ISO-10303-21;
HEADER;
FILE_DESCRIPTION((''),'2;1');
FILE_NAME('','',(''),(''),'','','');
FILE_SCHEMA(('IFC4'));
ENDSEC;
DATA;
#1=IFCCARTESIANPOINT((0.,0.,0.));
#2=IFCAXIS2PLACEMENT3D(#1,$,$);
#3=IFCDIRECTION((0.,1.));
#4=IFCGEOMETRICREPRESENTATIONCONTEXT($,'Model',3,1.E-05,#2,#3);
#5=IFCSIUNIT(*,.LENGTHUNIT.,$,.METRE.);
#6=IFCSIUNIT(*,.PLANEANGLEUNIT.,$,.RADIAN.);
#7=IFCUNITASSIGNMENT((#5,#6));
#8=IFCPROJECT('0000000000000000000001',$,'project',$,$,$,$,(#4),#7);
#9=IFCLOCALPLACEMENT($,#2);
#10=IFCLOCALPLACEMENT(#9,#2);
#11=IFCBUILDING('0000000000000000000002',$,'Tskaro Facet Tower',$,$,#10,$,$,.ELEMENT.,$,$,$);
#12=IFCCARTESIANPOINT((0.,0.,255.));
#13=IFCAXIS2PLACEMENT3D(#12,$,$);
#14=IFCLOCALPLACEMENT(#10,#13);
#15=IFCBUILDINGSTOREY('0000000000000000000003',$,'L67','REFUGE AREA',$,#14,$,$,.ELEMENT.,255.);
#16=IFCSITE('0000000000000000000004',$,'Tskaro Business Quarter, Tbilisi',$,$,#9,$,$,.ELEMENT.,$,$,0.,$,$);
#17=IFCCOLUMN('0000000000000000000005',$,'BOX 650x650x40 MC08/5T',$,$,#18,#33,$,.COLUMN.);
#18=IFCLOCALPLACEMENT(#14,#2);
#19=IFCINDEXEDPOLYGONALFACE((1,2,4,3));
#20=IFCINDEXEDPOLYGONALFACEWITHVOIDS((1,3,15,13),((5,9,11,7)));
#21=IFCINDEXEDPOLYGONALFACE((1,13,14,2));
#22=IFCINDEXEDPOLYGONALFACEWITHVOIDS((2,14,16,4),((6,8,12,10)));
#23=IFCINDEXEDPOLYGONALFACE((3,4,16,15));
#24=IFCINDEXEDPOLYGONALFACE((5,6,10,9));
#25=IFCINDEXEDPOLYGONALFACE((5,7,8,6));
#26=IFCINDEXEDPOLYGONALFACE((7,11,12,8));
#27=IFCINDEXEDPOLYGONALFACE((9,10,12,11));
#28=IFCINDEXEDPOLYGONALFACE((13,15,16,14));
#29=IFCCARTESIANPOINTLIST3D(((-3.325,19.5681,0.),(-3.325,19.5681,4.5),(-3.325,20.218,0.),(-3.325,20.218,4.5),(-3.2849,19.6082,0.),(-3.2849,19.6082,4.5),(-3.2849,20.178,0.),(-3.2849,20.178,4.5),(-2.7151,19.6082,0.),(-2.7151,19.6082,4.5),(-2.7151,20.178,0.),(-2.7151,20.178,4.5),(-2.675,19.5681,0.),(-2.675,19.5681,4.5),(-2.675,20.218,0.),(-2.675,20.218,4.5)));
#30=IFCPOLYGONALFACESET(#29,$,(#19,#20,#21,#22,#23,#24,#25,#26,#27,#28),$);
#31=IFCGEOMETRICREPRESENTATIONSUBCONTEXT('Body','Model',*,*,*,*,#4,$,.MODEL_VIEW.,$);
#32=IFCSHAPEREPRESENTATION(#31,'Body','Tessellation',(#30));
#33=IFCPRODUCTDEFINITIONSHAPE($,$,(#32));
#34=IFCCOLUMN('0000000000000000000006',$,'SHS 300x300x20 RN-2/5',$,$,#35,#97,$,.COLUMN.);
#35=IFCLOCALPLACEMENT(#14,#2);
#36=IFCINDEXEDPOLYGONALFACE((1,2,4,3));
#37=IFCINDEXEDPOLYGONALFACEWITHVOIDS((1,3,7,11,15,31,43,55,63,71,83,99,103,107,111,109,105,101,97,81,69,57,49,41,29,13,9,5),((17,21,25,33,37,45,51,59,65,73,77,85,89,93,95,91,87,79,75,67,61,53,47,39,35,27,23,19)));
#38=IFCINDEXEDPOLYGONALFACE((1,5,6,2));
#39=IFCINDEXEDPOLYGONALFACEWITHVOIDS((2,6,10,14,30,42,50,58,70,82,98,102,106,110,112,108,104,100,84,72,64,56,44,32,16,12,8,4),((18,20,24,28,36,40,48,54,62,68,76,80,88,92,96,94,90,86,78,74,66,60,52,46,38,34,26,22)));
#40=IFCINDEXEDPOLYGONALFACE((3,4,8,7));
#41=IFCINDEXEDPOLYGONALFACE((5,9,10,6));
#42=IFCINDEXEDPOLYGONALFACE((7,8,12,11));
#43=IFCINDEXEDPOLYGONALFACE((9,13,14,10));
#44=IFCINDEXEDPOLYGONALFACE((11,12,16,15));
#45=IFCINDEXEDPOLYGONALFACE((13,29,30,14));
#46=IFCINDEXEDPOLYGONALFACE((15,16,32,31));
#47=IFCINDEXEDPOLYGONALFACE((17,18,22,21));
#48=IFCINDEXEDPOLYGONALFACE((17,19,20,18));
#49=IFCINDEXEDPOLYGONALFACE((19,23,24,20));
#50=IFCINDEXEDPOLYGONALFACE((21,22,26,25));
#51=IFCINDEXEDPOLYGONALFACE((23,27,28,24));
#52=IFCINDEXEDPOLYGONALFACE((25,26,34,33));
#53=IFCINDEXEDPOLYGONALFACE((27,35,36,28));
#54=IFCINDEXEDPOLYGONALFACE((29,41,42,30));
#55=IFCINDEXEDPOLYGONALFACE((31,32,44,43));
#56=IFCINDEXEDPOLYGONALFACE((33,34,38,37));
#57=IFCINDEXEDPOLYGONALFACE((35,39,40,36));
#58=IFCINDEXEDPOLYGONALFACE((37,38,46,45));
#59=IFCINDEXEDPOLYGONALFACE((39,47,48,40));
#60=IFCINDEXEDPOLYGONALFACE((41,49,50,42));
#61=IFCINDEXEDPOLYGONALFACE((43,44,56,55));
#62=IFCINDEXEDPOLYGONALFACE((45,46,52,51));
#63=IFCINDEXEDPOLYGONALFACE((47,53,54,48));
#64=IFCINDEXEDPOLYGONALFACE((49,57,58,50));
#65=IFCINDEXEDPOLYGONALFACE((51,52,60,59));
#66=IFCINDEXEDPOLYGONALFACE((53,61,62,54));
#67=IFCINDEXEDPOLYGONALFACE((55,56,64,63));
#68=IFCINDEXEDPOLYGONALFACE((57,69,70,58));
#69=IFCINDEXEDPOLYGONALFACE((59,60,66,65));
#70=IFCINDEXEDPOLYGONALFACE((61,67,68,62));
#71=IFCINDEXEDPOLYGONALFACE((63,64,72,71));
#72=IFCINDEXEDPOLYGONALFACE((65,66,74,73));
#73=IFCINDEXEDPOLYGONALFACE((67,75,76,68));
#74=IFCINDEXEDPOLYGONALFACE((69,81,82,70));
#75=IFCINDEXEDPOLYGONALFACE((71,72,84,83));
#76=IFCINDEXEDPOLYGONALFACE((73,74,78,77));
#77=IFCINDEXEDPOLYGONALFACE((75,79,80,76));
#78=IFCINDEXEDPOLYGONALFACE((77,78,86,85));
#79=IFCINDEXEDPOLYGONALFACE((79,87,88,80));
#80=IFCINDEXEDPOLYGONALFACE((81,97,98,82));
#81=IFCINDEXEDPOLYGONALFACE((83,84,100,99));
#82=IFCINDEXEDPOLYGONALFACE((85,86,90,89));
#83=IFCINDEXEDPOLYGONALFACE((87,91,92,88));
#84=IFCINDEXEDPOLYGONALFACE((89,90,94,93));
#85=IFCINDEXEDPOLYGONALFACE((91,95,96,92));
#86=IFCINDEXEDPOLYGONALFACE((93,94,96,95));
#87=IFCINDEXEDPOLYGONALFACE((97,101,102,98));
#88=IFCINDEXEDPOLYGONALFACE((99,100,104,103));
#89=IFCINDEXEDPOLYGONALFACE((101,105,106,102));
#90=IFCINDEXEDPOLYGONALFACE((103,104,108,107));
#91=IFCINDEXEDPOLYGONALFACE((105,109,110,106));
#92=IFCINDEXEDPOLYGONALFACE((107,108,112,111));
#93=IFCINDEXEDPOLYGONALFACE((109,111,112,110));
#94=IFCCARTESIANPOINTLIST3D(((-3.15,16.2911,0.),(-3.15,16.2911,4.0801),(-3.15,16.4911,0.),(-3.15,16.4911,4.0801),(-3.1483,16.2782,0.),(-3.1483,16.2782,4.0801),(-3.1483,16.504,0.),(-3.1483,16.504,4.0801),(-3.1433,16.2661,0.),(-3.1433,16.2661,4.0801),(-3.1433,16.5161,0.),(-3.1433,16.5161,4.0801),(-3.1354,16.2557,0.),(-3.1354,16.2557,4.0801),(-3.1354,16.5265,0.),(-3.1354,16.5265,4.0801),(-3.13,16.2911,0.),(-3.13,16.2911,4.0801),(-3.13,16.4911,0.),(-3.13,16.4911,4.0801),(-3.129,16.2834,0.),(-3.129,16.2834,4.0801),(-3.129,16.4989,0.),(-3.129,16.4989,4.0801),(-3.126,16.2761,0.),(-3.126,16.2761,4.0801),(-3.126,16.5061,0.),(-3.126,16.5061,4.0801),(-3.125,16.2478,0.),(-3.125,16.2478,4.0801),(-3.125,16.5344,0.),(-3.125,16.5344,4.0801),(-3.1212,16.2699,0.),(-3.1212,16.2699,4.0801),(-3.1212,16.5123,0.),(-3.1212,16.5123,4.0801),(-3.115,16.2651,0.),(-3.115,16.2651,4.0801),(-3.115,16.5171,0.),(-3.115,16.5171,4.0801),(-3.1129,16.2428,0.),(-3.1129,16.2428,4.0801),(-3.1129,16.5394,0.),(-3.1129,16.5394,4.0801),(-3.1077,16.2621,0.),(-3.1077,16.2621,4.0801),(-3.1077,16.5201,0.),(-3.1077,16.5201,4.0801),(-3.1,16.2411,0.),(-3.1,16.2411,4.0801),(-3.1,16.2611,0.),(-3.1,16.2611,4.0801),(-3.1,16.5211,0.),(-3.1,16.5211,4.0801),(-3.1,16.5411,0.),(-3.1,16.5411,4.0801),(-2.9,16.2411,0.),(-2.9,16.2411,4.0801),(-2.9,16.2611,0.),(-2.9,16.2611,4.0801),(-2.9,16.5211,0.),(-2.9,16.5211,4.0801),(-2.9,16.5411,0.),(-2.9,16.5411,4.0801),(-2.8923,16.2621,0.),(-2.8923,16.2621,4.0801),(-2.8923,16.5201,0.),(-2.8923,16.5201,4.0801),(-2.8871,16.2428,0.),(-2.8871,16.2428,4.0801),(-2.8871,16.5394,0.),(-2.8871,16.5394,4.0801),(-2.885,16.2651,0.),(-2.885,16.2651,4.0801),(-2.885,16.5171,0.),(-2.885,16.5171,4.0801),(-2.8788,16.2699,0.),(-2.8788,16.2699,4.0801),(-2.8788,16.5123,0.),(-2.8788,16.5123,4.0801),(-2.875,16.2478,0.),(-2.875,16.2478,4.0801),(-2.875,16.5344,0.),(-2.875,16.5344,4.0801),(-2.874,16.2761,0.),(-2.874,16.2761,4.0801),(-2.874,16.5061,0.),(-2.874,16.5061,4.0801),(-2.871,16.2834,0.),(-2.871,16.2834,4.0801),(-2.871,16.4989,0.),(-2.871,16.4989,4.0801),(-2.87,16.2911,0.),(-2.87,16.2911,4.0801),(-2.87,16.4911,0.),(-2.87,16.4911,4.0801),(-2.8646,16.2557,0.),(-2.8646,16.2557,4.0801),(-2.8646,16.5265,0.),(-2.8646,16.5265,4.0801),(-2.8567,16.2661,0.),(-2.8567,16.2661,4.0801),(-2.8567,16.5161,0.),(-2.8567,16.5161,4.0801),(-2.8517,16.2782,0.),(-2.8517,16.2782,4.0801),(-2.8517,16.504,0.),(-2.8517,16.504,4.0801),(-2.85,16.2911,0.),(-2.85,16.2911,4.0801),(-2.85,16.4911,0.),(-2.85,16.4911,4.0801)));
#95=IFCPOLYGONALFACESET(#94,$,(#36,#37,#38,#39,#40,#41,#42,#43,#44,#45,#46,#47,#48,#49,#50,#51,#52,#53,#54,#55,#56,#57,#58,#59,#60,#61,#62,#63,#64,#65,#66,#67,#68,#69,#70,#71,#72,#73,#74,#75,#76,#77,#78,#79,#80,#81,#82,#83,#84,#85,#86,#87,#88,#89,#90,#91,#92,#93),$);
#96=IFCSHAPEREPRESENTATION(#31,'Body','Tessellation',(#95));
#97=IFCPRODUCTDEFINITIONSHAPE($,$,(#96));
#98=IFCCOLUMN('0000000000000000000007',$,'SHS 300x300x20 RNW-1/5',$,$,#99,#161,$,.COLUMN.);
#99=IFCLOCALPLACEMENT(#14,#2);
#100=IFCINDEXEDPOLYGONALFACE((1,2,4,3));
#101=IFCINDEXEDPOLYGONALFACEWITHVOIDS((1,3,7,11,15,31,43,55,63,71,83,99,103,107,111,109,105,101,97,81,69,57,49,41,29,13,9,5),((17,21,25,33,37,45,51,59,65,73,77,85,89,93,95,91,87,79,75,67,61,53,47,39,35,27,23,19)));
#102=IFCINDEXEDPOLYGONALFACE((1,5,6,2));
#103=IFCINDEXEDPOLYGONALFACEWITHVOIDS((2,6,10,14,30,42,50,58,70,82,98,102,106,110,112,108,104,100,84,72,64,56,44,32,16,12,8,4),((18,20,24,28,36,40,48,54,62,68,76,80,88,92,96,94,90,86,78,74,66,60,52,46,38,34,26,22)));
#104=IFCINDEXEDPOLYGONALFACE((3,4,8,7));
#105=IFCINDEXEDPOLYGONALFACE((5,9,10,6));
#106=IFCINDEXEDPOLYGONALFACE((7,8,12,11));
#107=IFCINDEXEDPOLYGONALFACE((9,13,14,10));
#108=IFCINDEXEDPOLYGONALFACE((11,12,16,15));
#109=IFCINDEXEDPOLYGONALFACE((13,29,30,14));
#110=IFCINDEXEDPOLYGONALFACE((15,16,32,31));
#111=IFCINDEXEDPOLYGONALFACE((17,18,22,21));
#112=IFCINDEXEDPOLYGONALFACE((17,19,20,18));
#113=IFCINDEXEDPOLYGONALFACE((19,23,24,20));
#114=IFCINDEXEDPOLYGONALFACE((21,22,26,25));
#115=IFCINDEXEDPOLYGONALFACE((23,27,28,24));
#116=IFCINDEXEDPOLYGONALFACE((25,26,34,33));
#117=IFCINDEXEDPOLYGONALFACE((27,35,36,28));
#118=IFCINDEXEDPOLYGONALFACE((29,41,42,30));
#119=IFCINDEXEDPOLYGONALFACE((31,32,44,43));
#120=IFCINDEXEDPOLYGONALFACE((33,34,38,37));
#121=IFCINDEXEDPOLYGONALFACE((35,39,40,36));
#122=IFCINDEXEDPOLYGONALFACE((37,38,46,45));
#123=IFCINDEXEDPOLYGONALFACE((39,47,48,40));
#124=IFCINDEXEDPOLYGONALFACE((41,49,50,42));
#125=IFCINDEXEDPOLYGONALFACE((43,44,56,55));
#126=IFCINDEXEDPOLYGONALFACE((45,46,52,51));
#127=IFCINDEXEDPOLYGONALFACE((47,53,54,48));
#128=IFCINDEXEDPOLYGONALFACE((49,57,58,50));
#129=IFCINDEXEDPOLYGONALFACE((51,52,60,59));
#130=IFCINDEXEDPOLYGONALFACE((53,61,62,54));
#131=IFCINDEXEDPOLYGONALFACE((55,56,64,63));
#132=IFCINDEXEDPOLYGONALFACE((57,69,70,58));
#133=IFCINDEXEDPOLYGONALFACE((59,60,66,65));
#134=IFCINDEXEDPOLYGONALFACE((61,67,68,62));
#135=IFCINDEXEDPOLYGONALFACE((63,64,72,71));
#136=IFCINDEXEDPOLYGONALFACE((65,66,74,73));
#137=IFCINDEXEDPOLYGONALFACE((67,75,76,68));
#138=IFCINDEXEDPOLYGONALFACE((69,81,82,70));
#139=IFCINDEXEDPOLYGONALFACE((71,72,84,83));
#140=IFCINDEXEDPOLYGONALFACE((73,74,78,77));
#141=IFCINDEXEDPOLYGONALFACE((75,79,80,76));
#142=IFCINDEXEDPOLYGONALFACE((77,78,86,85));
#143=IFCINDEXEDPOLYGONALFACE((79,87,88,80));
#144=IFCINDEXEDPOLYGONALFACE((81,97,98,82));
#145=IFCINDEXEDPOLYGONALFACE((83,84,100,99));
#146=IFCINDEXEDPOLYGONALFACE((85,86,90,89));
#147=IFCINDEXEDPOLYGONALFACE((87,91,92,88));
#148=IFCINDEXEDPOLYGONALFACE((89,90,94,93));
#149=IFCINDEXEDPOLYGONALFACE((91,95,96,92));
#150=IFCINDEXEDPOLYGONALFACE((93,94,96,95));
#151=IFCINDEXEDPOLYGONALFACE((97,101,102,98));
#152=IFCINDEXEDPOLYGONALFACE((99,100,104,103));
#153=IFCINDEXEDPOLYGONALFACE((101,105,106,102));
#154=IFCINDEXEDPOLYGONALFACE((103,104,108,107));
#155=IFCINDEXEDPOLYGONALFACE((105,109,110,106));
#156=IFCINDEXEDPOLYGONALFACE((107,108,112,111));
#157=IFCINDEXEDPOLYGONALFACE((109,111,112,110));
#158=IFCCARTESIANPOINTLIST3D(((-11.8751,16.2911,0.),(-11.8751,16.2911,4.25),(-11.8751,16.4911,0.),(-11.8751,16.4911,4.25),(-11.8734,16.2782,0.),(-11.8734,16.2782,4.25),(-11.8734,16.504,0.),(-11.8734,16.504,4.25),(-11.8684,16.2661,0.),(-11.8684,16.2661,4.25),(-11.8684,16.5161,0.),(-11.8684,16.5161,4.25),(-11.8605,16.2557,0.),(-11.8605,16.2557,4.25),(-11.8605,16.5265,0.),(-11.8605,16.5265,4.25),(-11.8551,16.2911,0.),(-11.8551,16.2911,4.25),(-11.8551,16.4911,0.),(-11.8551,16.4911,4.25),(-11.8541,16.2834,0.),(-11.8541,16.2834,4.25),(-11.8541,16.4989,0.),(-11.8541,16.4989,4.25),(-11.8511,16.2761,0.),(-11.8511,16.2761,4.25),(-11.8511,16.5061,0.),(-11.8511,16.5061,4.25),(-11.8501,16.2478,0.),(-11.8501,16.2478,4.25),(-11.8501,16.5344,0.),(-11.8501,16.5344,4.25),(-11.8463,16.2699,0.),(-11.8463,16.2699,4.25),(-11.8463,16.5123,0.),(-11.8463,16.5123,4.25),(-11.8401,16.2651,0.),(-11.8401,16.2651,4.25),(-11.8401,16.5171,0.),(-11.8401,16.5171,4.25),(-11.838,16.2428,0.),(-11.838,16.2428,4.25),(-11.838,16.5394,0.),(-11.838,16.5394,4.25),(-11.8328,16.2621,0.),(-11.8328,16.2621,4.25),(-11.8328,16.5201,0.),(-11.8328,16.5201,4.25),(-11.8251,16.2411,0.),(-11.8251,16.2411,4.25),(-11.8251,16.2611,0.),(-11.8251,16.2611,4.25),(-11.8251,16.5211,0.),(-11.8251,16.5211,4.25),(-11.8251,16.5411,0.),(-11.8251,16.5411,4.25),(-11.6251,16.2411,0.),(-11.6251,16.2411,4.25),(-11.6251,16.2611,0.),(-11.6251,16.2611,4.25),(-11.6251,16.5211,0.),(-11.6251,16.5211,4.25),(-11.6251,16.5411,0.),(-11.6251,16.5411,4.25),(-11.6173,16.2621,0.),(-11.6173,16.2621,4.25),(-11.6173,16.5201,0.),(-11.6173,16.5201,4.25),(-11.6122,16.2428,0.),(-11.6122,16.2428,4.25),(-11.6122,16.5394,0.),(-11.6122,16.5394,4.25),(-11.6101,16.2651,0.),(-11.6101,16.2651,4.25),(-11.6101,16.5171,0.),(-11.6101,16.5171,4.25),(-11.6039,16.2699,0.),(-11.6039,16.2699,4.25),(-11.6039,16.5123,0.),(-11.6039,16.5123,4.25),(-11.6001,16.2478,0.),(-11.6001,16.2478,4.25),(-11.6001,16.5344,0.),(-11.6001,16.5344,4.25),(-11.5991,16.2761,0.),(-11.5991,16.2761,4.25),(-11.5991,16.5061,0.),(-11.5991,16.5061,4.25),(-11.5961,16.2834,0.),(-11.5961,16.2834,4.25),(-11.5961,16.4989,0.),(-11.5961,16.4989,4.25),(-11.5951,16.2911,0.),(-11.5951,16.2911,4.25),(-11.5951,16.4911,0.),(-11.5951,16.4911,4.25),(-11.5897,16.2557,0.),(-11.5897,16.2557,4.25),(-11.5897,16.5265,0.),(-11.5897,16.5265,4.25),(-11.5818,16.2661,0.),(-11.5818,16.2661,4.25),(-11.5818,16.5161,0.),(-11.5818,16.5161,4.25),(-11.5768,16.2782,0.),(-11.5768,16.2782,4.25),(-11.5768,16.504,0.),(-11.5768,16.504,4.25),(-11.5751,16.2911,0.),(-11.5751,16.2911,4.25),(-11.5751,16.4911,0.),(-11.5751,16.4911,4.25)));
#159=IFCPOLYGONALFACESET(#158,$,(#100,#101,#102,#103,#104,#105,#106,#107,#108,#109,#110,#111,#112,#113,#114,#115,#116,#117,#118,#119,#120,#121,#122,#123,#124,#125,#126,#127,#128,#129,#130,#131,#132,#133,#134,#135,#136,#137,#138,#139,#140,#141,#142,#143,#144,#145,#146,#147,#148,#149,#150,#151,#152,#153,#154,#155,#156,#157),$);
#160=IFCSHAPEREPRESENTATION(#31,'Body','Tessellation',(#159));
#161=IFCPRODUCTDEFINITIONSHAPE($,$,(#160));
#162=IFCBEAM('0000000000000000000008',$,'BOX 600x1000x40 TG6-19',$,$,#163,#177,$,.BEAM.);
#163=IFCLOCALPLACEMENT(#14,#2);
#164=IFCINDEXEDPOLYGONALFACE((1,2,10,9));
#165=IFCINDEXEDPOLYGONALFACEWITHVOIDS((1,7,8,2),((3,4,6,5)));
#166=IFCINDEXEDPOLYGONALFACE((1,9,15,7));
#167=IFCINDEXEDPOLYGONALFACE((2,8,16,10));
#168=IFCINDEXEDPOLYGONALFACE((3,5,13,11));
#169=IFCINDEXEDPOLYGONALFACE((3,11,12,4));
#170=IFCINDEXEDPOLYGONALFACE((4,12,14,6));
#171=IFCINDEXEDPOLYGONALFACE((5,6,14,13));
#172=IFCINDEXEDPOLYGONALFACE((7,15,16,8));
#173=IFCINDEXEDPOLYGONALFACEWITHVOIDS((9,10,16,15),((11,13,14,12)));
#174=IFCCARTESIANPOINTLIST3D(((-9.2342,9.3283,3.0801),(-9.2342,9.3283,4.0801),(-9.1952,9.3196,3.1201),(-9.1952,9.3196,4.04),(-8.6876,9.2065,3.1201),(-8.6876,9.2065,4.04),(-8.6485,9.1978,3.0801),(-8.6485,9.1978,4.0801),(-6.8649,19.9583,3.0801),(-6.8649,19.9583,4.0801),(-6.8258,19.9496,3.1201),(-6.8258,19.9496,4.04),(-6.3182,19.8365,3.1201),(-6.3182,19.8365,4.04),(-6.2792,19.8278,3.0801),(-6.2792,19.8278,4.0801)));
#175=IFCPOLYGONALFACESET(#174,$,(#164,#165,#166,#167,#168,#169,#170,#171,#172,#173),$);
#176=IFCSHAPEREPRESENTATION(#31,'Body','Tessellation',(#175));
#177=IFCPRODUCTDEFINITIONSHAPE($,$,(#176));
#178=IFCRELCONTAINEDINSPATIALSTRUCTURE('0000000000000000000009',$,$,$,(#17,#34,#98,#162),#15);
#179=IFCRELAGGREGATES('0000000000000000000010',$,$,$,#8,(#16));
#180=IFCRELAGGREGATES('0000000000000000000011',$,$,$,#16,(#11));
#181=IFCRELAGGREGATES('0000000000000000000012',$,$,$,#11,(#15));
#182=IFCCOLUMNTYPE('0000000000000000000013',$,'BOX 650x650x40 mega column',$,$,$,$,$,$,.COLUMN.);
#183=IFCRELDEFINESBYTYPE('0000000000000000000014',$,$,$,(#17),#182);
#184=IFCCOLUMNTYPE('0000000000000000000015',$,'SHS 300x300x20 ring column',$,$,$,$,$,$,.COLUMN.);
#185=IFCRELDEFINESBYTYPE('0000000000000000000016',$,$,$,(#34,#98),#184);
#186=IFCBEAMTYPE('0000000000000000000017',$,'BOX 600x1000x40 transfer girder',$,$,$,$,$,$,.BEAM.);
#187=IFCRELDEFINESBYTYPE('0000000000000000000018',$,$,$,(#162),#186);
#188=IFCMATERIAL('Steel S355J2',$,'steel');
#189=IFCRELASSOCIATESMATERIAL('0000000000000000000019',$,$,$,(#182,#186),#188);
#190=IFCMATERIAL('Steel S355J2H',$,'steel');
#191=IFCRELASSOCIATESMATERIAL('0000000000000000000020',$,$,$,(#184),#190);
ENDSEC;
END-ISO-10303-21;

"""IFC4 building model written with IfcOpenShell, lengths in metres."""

from ifc_helpers import new_model, si_unit, direction, frame, origin, origin_2d, place, context, subcontext, project, spatial, hollow_rectangle, extrude, material, material_profile, profile_set, type_object, element, save


model = new_model("IFC4")

# Units and contexts
model_context = context("Model", 3, precision=1e-05, world=origin(), true_north=direction((0.0, 1.0)))
body_context = subcontext(model_context, "Body", "Model", "MODEL_VIEW")
ifc_project = project(units=[si_unit("LENGTHUNIT", "METRE"), si_unit("PLANEANGLEUNIT", "RADIAN")], contexts=[model_context])

# Site, building, storey
site_placement = place(None, origin())
site = spatial("IfcSite", under=ifc_project, at=site_placement, Name="Tskaro Business Quarter, Tbilisi", CompositionType="ELEMENT", RefElevation=0.0)
building_placement = place(site_placement, origin())
building = spatial("IfcBuilding", under=site, at=building_placement, Name="Tskaro Facet Tower", CompositionType="ELEMENT")
storey_placement = place(building_placement, frame((0.0, 0.0, 255.0)))
storey = spatial("IfcBuildingStorey", under=building, at=storey_placement, Name="L67", Description="REFUGE AREA", CompositionType="ELEMENT", Elevation=255.0)

# Columns
ifc_material_1 = material(Name="Steel S355J2", Category="steel")
ifc_material_profile_1 = material_profile(ifc_material_1, hollow_rectangle(XDim=0.6499, YDim=0.6499, WallThickness=0.04, at=origin_2d()), Name="BOX 650x650x40")
ifc_profile_set_1 = profile_set([ifc_material_profile_1], Name="Steel S355J2")
column_type_1 = type_object("IfcColumnType", Name="BOX 650x650x40 mega column", PredefinedType="COLUMN", material=ifc_profile_set_1)
column_1_placement = place(storey_placement, frame((-3.0, 19.8931, 0.0), z_axis=(0.0, 0.0, 1.0), x_axis=(1.0, 0.0, 0.0)))
element("IfcColumn", 1, at=column_1_placement, inside=storey, type_object=column_type_1, Name="BOX 650x650x40 MC08/5T", PredefinedType="COLUMN", context=body_context, shape_type="SweptSolid", body=[
    extrude(hollow_rectangle(XDim=0.6499, YDim=0.6499, WallThickness=0.04, at=origin_2d()), origin(), (0.0, 0.0, 1.0), 4.5),
])
ifc_material_2 = material(Name="Steel S355J2H", Category="steel")
ifc_material_profile_2 = material_profile(ifc_material_2, hollow_rectangle(XDim=0.3, YDim=0.3, WallThickness=0.02, InnerFilletRadius=0.03, OuterFilletRadius=0.05, at=origin_2d()), Name="SHS 300x300x20")
ifc_profile_set_2 = profile_set([ifc_material_profile_2], Name="Steel S355J2H")
column_type_2 = type_object("IfcColumnType", Name="SHS 300x300x20 ring column", PredefinedType="COLUMN", material=ifc_profile_set_2)
column_2_placement = place(storey_placement, frame((-3.0, 16.3911, 0.0), z_axis=(0.0, 0.0, 1.0), x_axis=(1.0, 0.0, 0.0)))
element("IfcColumn", 2, at=column_2_placement, inside=storey, type_object=column_type_2, Name="SHS 300x300x20 RN-2/5", PredefinedType="COLUMN", context=body_context, shape_type="SweptSolid", body=[
    extrude(hollow_rectangle(XDim=0.3, YDim=0.3, WallThickness=0.02, InnerFilletRadius=0.03, OuterFilletRadius=0.05, at=origin_2d()), origin(), (0.0, 0.0, 1.0), 4.0801),
])
column_3_placement = place(storey_placement, frame((-11.7251, 16.3911, 0.0), z_axis=(0.0, 0.0, 1.0), x_axis=(1.0, 0.0, 0.0)))
element("IfcColumn", 3, at=column_3_placement, inside=storey, type_object=column_type_2, Name="SHS 300x300x20 RNW-1/5", PredefinedType="COLUMN", context=body_context, shape_type="SweptSolid", body=[
    extrude(hollow_rectangle(XDim=0.3, YDim=0.3, WallThickness=0.02, InnerFilletRadius=0.03, OuterFilletRadius=0.05, at=origin_2d()), origin(), (0.0, 0.0, 1.0), 4.25),
])

# Beam
ifc_material_profile_3 = material_profile(ifc_material_1, hollow_rectangle(XDim=0.6001, YDim=1.0, WallThickness=0.04, at=origin_2d()), Name="BOX 600x1000x40")
ifc_profile_set_3 = profile_set([ifc_material_profile_3], Name="Steel S355J2")
beam_type_1 = type_object("IfcBeamType", Name="BOX 600x1000x40 transfer girder", PredefinedType="BEAM", material=ifc_profile_set_3)
beam_1_placement = place(storey_placement, frame((-6.572, 19.8931, 3.5801), z_axis=(-0.217555, -0.976048, 0.0), x_axis=(0.976048, -0.217555, 0.0)))
element("IfcBeam", 4, at=beam_1_placement, inside=storey, type_object=beam_type_1, Name="BOX 600x1000x40 TG6-19", PredefinedType="BEAM", context=body_context, shape_type="SweptSolid", body=[
    extrude(hollow_rectangle(XDim=0.6001, YDim=1.0, WallThickness=0.04, at=origin_2d()), origin(), (0.0, 0.0, 1.0), 10.8909),
])

save(model, "model.ifc")
